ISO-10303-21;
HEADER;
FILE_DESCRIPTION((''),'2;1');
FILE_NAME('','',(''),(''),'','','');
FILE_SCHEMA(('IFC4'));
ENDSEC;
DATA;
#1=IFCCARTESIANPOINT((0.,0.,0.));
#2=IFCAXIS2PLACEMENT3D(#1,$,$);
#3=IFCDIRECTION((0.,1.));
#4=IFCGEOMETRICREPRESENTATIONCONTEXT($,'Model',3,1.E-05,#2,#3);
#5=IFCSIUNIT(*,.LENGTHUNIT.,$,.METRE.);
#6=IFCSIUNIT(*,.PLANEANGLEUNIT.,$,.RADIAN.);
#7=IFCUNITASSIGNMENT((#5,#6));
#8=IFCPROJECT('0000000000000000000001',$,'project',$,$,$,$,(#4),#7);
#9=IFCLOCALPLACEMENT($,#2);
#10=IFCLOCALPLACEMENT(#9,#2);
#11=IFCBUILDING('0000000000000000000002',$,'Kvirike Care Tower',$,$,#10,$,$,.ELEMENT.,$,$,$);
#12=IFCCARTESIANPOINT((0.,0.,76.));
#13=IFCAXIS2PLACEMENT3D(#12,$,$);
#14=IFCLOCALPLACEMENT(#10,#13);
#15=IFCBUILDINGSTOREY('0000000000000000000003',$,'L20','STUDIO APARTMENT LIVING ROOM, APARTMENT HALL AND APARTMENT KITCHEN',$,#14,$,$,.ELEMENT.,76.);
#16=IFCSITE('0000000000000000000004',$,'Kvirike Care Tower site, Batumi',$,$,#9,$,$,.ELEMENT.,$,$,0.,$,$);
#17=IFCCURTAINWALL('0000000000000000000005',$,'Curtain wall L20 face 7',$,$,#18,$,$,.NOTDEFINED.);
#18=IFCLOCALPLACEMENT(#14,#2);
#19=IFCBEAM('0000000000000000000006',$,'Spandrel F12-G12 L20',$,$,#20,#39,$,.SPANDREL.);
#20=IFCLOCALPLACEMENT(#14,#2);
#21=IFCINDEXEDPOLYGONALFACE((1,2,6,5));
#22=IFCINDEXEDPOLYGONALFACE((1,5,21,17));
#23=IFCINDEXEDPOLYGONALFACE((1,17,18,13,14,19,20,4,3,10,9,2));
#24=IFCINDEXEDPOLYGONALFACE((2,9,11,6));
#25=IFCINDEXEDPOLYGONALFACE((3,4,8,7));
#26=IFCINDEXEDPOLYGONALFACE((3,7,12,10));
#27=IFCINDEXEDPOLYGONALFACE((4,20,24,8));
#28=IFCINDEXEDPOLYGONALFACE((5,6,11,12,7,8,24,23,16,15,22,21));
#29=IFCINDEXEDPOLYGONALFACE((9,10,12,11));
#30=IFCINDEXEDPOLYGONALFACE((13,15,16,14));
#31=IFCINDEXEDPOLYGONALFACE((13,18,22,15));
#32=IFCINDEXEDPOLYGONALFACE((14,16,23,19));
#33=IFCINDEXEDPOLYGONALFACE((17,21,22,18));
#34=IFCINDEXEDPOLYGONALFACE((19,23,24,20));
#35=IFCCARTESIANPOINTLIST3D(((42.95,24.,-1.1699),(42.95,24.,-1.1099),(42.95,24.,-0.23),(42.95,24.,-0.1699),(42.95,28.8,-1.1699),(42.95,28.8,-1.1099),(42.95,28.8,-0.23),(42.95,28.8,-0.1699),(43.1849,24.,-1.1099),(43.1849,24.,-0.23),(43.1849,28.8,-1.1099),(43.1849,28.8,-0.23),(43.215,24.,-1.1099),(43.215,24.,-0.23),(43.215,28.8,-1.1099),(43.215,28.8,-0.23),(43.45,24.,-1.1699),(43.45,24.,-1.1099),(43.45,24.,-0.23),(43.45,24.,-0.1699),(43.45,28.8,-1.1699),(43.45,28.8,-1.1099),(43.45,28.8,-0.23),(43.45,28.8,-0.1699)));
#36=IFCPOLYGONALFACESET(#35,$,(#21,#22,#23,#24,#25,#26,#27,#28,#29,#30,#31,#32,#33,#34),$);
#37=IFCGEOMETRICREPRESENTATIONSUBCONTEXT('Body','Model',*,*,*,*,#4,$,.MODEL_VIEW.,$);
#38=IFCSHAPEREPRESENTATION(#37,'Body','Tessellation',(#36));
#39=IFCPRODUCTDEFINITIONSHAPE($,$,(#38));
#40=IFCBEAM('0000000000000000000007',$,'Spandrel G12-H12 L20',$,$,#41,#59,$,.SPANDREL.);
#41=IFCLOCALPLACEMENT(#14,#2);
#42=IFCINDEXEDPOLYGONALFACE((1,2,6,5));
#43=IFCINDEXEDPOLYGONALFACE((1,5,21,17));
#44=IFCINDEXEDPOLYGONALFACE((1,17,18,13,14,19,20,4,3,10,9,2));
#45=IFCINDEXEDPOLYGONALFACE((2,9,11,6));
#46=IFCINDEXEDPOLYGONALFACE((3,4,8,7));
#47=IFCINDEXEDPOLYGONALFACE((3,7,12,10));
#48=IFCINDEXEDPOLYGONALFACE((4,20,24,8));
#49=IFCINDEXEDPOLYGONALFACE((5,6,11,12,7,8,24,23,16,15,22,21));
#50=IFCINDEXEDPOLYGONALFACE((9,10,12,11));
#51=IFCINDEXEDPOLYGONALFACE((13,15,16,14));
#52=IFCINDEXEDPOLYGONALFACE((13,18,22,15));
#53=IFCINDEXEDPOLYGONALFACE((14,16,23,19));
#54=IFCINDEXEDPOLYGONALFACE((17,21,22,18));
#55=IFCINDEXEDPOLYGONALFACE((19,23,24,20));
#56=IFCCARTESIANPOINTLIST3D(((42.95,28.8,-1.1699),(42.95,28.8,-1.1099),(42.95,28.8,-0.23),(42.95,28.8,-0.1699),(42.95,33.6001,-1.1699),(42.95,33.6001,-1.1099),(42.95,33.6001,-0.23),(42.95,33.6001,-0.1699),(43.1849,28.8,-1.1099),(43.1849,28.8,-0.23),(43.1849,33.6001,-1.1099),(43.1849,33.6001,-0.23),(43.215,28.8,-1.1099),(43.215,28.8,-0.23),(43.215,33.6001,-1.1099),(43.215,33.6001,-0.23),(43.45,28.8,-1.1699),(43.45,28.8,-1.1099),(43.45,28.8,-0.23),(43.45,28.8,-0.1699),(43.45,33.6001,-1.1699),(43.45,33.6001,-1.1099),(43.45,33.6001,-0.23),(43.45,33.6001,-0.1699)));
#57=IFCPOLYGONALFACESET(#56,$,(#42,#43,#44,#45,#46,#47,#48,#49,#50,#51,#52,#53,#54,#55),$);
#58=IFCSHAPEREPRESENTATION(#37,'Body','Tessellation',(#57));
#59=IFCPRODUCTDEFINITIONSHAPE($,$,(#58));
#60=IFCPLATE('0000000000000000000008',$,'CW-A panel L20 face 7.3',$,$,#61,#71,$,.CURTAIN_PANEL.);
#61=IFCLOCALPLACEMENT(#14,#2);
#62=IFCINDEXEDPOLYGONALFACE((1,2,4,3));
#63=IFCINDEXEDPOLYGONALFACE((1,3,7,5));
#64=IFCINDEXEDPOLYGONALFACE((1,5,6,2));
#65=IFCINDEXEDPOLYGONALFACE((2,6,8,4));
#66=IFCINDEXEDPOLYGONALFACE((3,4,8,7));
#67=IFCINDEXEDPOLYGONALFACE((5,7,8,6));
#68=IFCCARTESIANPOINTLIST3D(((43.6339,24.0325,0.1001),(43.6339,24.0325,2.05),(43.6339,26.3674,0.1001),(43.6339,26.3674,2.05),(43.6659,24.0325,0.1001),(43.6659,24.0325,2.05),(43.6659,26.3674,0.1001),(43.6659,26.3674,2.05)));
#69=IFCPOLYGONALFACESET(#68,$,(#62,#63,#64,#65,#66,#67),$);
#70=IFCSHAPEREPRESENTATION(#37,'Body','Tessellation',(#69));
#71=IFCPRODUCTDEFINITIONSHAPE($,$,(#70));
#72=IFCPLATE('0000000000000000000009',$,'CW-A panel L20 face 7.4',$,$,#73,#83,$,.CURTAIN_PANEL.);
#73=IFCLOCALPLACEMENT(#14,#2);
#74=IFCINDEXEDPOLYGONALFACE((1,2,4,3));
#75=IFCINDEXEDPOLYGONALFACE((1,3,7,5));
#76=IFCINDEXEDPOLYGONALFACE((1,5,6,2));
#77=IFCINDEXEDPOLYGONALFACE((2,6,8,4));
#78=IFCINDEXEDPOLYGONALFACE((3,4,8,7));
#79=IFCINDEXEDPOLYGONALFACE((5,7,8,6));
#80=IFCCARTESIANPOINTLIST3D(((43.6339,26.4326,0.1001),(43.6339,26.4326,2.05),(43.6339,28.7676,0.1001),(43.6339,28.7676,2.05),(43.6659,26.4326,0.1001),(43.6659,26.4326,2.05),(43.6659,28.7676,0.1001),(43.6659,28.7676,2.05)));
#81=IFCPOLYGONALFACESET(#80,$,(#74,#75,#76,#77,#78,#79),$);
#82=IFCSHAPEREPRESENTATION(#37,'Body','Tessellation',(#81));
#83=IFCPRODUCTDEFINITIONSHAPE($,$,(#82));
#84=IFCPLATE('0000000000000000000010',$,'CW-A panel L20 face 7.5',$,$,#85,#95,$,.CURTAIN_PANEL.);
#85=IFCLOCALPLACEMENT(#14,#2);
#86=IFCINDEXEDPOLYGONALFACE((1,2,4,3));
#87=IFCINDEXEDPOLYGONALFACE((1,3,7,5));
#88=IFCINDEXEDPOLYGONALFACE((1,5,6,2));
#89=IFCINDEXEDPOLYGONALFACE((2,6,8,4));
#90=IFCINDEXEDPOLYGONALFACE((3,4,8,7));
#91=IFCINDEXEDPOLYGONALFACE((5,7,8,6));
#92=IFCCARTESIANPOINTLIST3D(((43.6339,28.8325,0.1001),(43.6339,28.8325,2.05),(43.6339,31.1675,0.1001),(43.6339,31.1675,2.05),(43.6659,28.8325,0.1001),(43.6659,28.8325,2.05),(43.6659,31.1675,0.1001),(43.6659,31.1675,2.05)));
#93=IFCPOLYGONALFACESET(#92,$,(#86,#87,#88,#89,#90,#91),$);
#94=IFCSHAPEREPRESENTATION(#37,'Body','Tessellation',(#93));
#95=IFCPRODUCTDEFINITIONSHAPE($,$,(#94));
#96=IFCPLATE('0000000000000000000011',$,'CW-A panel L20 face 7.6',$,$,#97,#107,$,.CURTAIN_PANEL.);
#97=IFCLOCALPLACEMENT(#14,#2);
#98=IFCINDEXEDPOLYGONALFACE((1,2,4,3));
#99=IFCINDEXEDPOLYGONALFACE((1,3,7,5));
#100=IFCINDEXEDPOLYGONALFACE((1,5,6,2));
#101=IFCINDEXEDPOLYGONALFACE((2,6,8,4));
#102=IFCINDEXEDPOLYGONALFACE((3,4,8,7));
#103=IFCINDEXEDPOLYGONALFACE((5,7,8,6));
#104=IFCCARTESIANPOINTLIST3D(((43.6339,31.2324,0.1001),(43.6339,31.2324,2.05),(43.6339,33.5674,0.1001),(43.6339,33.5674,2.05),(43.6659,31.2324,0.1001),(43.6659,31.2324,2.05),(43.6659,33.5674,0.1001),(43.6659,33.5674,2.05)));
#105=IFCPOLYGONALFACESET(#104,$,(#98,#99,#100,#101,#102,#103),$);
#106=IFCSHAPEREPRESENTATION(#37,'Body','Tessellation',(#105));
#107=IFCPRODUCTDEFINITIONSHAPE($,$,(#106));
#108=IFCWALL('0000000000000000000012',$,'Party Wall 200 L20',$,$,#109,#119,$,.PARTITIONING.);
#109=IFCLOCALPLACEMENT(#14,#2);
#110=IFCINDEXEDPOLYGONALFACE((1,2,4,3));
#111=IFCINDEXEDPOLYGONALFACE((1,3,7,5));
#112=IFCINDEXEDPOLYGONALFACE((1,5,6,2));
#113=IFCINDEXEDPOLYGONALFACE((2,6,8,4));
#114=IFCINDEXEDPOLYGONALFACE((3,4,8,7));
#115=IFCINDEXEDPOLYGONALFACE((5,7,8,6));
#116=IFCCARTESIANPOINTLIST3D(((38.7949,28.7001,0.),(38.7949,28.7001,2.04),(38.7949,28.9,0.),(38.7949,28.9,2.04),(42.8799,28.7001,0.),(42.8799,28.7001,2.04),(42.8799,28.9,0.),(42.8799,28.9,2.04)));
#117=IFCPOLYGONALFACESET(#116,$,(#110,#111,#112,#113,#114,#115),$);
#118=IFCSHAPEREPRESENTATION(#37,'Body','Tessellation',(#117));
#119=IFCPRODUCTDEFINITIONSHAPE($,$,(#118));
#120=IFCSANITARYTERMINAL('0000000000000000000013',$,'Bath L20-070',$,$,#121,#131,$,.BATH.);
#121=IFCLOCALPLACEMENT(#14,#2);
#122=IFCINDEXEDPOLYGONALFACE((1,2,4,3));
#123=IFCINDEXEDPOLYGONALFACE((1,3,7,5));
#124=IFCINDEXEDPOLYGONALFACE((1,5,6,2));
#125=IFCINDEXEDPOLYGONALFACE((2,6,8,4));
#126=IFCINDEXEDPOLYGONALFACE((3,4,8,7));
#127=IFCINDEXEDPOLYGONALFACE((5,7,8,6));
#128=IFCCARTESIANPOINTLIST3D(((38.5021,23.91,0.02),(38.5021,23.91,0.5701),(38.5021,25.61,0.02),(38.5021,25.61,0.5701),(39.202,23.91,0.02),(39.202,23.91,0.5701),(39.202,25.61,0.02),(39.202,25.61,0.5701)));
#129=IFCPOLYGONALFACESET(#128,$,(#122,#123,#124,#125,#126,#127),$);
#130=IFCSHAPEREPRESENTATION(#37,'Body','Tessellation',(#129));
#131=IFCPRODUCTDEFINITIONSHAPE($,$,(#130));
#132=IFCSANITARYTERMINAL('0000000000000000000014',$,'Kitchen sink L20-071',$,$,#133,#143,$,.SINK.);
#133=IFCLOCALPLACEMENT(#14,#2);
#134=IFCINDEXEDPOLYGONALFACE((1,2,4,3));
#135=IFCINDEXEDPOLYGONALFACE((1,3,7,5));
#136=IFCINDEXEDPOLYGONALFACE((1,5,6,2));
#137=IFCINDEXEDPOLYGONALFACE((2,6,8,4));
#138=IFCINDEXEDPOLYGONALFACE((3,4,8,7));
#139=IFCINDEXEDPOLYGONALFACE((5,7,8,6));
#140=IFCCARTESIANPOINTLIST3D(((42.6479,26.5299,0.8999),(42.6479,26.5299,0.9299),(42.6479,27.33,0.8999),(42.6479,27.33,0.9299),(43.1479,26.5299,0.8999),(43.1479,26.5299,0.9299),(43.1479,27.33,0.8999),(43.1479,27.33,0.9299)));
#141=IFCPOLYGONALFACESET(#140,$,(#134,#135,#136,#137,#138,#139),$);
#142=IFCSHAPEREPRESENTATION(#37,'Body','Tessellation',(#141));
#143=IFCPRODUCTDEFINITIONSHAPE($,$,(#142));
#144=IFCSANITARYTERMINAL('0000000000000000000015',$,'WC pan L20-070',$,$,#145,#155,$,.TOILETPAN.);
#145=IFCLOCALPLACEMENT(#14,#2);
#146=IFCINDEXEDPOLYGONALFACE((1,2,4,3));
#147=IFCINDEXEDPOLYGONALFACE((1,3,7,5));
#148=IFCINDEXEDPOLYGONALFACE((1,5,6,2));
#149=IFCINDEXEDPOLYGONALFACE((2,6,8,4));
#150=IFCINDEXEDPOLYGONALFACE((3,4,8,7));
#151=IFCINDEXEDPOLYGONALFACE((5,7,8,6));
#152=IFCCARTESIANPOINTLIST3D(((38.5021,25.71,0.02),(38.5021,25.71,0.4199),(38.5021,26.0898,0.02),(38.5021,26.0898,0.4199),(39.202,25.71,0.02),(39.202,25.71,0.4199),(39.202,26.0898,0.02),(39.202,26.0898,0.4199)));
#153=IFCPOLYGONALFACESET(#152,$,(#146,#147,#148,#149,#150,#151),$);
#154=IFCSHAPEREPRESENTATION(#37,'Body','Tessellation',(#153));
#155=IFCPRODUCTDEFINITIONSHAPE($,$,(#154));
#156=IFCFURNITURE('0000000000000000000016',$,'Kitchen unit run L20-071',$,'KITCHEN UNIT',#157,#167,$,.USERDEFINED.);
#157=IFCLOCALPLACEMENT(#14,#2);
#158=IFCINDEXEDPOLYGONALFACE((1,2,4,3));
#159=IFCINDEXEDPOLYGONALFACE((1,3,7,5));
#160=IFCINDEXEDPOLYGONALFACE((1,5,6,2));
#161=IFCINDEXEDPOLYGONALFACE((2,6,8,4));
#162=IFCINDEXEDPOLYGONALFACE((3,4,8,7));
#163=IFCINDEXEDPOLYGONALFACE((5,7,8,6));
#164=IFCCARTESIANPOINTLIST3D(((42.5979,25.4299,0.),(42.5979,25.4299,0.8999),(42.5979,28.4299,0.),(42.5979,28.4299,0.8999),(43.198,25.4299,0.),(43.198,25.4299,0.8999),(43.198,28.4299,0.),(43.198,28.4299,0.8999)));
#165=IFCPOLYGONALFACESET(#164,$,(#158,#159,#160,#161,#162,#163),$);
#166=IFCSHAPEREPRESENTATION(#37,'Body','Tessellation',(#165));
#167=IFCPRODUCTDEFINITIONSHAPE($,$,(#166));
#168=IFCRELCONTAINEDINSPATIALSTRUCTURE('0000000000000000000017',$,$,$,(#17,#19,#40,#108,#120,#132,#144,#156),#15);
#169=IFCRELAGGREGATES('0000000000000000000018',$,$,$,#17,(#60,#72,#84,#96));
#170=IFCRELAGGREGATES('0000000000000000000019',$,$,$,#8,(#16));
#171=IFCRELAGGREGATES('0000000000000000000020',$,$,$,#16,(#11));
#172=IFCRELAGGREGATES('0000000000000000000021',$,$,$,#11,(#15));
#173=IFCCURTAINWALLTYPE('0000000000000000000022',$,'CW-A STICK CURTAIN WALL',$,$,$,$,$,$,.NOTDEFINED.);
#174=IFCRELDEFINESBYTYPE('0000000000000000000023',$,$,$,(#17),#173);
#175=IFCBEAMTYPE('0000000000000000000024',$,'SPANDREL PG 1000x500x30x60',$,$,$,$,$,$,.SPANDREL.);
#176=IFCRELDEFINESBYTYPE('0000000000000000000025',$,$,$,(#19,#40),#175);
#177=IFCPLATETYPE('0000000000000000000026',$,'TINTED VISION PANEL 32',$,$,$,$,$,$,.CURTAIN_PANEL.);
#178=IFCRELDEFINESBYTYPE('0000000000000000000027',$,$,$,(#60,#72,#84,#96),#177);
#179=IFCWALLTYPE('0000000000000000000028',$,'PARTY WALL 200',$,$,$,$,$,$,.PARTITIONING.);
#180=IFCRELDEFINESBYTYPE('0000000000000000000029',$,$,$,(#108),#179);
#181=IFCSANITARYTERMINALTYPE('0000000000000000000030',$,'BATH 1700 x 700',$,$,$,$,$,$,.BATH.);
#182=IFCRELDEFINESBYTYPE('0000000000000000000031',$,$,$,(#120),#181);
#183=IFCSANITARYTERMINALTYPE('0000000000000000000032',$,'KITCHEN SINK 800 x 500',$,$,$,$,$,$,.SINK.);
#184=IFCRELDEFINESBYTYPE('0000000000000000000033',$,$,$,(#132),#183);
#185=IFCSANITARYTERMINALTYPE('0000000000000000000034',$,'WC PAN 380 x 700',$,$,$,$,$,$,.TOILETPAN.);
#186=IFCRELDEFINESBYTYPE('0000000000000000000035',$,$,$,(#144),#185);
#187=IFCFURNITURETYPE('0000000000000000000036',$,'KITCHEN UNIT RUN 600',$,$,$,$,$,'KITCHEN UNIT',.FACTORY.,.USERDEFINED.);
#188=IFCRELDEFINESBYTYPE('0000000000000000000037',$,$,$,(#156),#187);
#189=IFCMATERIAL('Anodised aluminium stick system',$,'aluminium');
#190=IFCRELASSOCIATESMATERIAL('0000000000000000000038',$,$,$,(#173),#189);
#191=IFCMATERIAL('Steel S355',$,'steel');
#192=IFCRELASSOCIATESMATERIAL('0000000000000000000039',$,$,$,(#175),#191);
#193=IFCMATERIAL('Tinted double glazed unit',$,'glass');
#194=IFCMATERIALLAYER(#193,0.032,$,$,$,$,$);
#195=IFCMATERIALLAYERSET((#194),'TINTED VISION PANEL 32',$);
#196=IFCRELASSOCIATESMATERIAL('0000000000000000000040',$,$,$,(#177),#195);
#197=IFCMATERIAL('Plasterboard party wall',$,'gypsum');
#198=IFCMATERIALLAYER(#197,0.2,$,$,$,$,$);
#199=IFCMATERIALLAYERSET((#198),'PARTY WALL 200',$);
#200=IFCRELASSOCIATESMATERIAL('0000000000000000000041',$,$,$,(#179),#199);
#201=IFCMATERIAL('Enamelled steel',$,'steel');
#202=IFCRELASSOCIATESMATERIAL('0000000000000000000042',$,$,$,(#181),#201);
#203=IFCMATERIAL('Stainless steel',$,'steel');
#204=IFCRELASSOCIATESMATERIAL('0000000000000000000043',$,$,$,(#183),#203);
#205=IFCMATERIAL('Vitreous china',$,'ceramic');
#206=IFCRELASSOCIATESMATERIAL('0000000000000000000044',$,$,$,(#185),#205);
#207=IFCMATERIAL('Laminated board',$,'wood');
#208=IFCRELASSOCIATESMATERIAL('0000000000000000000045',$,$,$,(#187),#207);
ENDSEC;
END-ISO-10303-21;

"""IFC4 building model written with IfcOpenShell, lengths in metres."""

from ifc_helpers import new_model, si_unit, direction, frame, frame_2d, origin, origin_2d, place, context, subcontext, project, spatial, rectangle, i_section, extrude, material, layer, layer_set, material_profile, profile_set, type_object, element, aggregate, save


model = new_model("IFC4")

# Units and contexts
model_context = context("Model", 3, precision=1e-05, world=origin(), true_north=direction((0.0, 1.0)))
body_context = subcontext(model_context, "Body", "Model", "MODEL_VIEW")
ifc_project = project(units=[si_unit("LENGTHUNIT", "METRE"), si_unit("PLANEANGLEUNIT", "RADIAN")], contexts=[model_context])

# Site, building, storey
site_placement = place(None, origin())
site = spatial("IfcSite", under=ifc_project, at=site_placement, Name="Kvirike Care Tower site, Batumi", CompositionType="ELEMENT", RefElevation=0.0)
building_placement = place(site_placement, origin())
building = spatial("IfcBuilding", under=site, at=building_placement, Name="Kvirike Care Tower", CompositionType="ELEMENT")
storey_placement = place(building_placement, frame((0.0, 0.0, 76.0)))
storey = spatial("IfcBuildingStorey", under=building, at=storey_placement, Name="L20", Description="STUDIO APARTMENT LIVING ROOM, APARTMENT HALL AND APARTMENT KITCHEN", CompositionType="ELEMENT", Elevation=76.0)

# Curtain wall
ifc_material_1 = material(Name="Anodised aluminium stick system", Category="aluminium")
curtain_wall_type = type_object("IfcCurtainWallType", Name="CW-A STICK CURTAIN WALL", PredefinedType="NOTDEFINED", material=ifc_material_1)
curtain_wall_placement = place(storey_placement, origin())
curtain_wall = element("IfcCurtainWall", 1, at=curtain_wall_placement, inside=storey, type_object=curtain_wall_type, Name="Curtain wall L20 face 7", PredefinedType="NOTDEFINED")

# Beams
ifc_material_2 = material(Name="Steel S355", Category="steel")
ifc_material_profile_1 = material_profile(ifc_material_2, i_section(OverallWidth=0.5, OverallDepth=1.0, WebThickness=0.03, FlangeThickness=0.0601, at=origin_2d()), Name="PG 1000x500x30x60")
ifc_profile_set_1 = profile_set([ifc_material_profile_1], Name="Steel S355")
beam_type = type_object("IfcBeamType", Name="SPANDREL PG 1000x500x30x60", PredefinedType="SPANDREL", material=ifc_profile_set_1)
for number, where, z_axis, x_axis, name in (
    (2, (43.2, 24.0, -0.6699), (0.0, 1.0, 0.0), (-1.0, 0.0, 0.0), "Spandrel F12-G12 L20"),
    (3, (43.2, 28.8, -0.6699), (0.0, 1.0, 0.0), (-1.0, 0.0, 0.0), "Spandrel G12-H12 L20"),
):
    element("IfcBeam", number, at=place(storey_placement, frame(where, z_axis=z_axis, x_axis=x_axis)), inside=storey, type_object=beam_type, Name=name, PredefinedType="SPANDREL", context=body_context, shape_type="SweptSolid", body=[
        extrude(i_section(OverallWidth=0.5, OverallDepth=1.0, WebThickness=0.03, FlangeThickness=0.0601, at=origin_2d()), origin(), (0.0, 0.0, 1.0), 4.8),
    ])

# Plates
ifc_material_3 = material(Name="Tinted double glazed unit", Category="glass")
ifc_layer_1 = layer(ifc_material_3, 0.032)
ifc_layer_set_1 = layer_set([ifc_layer_1], Name="TINTED VISION PANEL 32")
plate_type = type_object("IfcPlateType", Name="TINTED VISION PANEL 32", PredefinedType="CURTAIN_PANEL", material=ifc_layer_set_1)
plate_1_placement = place(storey_placement, frame((43.6499, 25.2, 0.1001), z_axis=(0.0, 0.0, 1.0), x_axis=(0.0, 1.0, 0.0)))
plate_1 = element("IfcPlate", 4, at=plate_1_placement, type_object=plate_type, Name="CW-A panel L20 face 7.3", PredefinedType="CURTAIN_PANEL", context=body_context, shape_type="SweptSolid", body=[
    extrude(rectangle(XDim=2.335, YDim=0.032, at=origin_2d()), origin(), (0.0, 0.0, 1.0), 1.95),
])
plate_2_placement = place(storey_placement, frame((43.6499, 27.6001, 0.1001), z_axis=(0.0, 0.0, 1.0), x_axis=(0.0, 1.0, 0.0)))
plate_2 = element("IfcPlate", 5, at=plate_2_placement, type_object=plate_type, Name="CW-A panel L20 face 7.4", PredefinedType="CURTAIN_PANEL", context=body_context, shape_type="SweptSolid", body=[
    extrude(rectangle(XDim=2.335, YDim=0.032, at=origin_2d()), origin(), (0.0, 0.0, 1.0), 1.95),
])
plate_3_placement = place(storey_placement, frame((43.6499, 30.0, 0.1001), z_axis=(0.0, 0.0, 1.0), x_axis=(0.0, 1.0, 0.0)))
plate_3 = element("IfcPlate", 6, at=plate_3_placement, type_object=plate_type, Name="CW-A panel L20 face 7.5", PredefinedType="CURTAIN_PANEL", context=body_context, shape_type="SweptSolid", body=[
    extrude(rectangle(XDim=2.335, YDim=0.032, at=origin_2d()), origin(), (0.0, 0.0, 1.0), 1.95),
])
plate_4_placement = place(storey_placement, frame((43.6499, 32.3999, 0.1001), z_axis=(0.0, 0.0, 1.0), x_axis=(0.0, 1.0, 0.0)))
plate_4 = element("IfcPlate", 7, at=plate_4_placement, type_object=plate_type, Name="CW-A panel L20 face 7.6", PredefinedType="CURTAIN_PANEL", context=body_context, shape_type="SweptSolid", body=[
    extrude(rectangle(XDim=2.335, YDim=0.032, at=origin_2d()), origin(), (0.0, 0.0, 1.0), 1.95),
])
aggregate(curtain_wall, [plate_1, plate_2, plate_3, plate_4])

# Wall
ifc_material_4 = material(Name="Plasterboard party wall", Category="gypsum")
ifc_layer_2 = layer(ifc_material_4, 0.2)
ifc_layer_set_2 = layer_set([ifc_layer_2], Name="PARTY WALL 200")
wall_type = type_object("IfcWallType", Name="PARTY WALL 200", PredefinedType="PARTITIONING", material=ifc_layer_set_2)
wall_placement = place(storey_placement, frame((42.8799, 28.8, 0.0), z_axis=(0.0, 0.0, 1.0), x_axis=(-1.0, 0.0, 0.0)))
element("IfcWall", 8, at=wall_placement, inside=storey, type_object=wall_type, Name="Party Wall 200 L20", PredefinedType="PARTITIONING", context=body_context, shape_type="SweptSolid", body=[
    extrude(rectangle(XDim=4.085, YDim=0.2, at=frame_2d((2.0425, 0.0))), origin(), (0.0, 0.0, 1.0), 2.04),
])

# Sanitary terminals
ifc_material_5 = material(Name="Enamelled steel", Category="steel")
sanitary_terminal_type_1 = type_object("IfcSanitaryTerminalType", Name="BATH 1700 x 700", PredefinedType="BATH", material=ifc_material_5)
sanitary_terminal_1_placement = place(storey_placement, frame((38.8521, 24.76, 0.02), z_axis=(0.0, 0.0, 1.0), x_axis=(0.0, 1.0, 0.0)))
element("IfcSanitaryTerminal", 9, at=sanitary_terminal_1_placement, inside=storey, type_object=sanitary_terminal_type_1, Name="Bath L20-070", PredefinedType="BATH", context=body_context, shape_type="SweptSolid", body=[
    extrude(rectangle(XDim=1.7, YDim=0.7, at=origin_2d()), origin(), (0.0, 0.0, 1.0), 0.55),
])
ifc_material_6 = material(Name="Stainless steel", Category="steel")
sanitary_terminal_type_2 = type_object("IfcSanitaryTerminalType", Name="KITCHEN SINK 800 x 500", PredefinedType="SINK", material=ifc_material_6)
sanitary_terminal_2_placement = place(storey_placement, frame((42.8979, 26.9299, 0.8999), z_axis=(0.0, 0.0, 1.0), x_axis=(0.0, -1.0, 0.0)))
element("IfcSanitaryTerminal", 10, at=sanitary_terminal_2_placement, inside=storey, type_object=sanitary_terminal_type_2, Name="Kitchen sink L20-071", PredefinedType="SINK", context=body_context, shape_type="SweptSolid", body=[
    extrude(rectangle(XDim=0.8, YDim=0.5, at=origin_2d()), origin(), (0.0, 0.0, 1.0), 0.03),
])
ifc_material_7 = material(Name="Vitreous china", Category="ceramic")
sanitary_terminal_type_3 = type_object("IfcSanitaryTerminalType", Name="WC PAN 380 x 700", PredefinedType="TOILETPAN", material=ifc_material_7)
sanitary_terminal_3_placement = place(storey_placement, frame((38.8521, 25.8999, 0.02), z_axis=(0.0, 0.0, 1.0), x_axis=(0.0, 1.0, 0.0)))
element("IfcSanitaryTerminal", 11, at=sanitary_terminal_3_placement, inside=storey, type_object=sanitary_terminal_type_3, Name="WC pan L20-070", PredefinedType="TOILETPAN", context=body_context, shape_type="SweptSolid", body=[
    extrude(rectangle(XDim=0.3799, YDim=0.7, at=origin_2d()), origin(), (0.0, 0.0, 1.0), 0.3999),
])

# Furniture
ifc_material_8 = material(Name="Laminated board", Category="wood")
furniture_type = type_object("IfcFurnitureType", Name="KITCHEN UNIT RUN 600", ElementType="KITCHEN UNIT", AssemblyPlace="FACTORY", PredefinedType="USERDEFINED", material=ifc_material_8)
furniture_placement = place(storey_placement, frame((42.8979, 26.9299, 0.0), z_axis=(0.0, 0.0, 1.0), x_axis=(0.0, -1.0, 0.0)))
element("IfcFurniture", 12, at=furniture_placement, inside=storey, type_object=furniture_type, Name="Kitchen unit run L20-071", ObjectType="KITCHEN UNIT", PredefinedType="USERDEFINED", context=body_context, shape_type="SweptSolid", body=[
    extrude(rectangle(XDim=3.0, YDim=0.6001, at=origin_2d()), origin(), (0.0, 0.0, 1.0), 0.8999),
])

save(model, "model.ifc")
